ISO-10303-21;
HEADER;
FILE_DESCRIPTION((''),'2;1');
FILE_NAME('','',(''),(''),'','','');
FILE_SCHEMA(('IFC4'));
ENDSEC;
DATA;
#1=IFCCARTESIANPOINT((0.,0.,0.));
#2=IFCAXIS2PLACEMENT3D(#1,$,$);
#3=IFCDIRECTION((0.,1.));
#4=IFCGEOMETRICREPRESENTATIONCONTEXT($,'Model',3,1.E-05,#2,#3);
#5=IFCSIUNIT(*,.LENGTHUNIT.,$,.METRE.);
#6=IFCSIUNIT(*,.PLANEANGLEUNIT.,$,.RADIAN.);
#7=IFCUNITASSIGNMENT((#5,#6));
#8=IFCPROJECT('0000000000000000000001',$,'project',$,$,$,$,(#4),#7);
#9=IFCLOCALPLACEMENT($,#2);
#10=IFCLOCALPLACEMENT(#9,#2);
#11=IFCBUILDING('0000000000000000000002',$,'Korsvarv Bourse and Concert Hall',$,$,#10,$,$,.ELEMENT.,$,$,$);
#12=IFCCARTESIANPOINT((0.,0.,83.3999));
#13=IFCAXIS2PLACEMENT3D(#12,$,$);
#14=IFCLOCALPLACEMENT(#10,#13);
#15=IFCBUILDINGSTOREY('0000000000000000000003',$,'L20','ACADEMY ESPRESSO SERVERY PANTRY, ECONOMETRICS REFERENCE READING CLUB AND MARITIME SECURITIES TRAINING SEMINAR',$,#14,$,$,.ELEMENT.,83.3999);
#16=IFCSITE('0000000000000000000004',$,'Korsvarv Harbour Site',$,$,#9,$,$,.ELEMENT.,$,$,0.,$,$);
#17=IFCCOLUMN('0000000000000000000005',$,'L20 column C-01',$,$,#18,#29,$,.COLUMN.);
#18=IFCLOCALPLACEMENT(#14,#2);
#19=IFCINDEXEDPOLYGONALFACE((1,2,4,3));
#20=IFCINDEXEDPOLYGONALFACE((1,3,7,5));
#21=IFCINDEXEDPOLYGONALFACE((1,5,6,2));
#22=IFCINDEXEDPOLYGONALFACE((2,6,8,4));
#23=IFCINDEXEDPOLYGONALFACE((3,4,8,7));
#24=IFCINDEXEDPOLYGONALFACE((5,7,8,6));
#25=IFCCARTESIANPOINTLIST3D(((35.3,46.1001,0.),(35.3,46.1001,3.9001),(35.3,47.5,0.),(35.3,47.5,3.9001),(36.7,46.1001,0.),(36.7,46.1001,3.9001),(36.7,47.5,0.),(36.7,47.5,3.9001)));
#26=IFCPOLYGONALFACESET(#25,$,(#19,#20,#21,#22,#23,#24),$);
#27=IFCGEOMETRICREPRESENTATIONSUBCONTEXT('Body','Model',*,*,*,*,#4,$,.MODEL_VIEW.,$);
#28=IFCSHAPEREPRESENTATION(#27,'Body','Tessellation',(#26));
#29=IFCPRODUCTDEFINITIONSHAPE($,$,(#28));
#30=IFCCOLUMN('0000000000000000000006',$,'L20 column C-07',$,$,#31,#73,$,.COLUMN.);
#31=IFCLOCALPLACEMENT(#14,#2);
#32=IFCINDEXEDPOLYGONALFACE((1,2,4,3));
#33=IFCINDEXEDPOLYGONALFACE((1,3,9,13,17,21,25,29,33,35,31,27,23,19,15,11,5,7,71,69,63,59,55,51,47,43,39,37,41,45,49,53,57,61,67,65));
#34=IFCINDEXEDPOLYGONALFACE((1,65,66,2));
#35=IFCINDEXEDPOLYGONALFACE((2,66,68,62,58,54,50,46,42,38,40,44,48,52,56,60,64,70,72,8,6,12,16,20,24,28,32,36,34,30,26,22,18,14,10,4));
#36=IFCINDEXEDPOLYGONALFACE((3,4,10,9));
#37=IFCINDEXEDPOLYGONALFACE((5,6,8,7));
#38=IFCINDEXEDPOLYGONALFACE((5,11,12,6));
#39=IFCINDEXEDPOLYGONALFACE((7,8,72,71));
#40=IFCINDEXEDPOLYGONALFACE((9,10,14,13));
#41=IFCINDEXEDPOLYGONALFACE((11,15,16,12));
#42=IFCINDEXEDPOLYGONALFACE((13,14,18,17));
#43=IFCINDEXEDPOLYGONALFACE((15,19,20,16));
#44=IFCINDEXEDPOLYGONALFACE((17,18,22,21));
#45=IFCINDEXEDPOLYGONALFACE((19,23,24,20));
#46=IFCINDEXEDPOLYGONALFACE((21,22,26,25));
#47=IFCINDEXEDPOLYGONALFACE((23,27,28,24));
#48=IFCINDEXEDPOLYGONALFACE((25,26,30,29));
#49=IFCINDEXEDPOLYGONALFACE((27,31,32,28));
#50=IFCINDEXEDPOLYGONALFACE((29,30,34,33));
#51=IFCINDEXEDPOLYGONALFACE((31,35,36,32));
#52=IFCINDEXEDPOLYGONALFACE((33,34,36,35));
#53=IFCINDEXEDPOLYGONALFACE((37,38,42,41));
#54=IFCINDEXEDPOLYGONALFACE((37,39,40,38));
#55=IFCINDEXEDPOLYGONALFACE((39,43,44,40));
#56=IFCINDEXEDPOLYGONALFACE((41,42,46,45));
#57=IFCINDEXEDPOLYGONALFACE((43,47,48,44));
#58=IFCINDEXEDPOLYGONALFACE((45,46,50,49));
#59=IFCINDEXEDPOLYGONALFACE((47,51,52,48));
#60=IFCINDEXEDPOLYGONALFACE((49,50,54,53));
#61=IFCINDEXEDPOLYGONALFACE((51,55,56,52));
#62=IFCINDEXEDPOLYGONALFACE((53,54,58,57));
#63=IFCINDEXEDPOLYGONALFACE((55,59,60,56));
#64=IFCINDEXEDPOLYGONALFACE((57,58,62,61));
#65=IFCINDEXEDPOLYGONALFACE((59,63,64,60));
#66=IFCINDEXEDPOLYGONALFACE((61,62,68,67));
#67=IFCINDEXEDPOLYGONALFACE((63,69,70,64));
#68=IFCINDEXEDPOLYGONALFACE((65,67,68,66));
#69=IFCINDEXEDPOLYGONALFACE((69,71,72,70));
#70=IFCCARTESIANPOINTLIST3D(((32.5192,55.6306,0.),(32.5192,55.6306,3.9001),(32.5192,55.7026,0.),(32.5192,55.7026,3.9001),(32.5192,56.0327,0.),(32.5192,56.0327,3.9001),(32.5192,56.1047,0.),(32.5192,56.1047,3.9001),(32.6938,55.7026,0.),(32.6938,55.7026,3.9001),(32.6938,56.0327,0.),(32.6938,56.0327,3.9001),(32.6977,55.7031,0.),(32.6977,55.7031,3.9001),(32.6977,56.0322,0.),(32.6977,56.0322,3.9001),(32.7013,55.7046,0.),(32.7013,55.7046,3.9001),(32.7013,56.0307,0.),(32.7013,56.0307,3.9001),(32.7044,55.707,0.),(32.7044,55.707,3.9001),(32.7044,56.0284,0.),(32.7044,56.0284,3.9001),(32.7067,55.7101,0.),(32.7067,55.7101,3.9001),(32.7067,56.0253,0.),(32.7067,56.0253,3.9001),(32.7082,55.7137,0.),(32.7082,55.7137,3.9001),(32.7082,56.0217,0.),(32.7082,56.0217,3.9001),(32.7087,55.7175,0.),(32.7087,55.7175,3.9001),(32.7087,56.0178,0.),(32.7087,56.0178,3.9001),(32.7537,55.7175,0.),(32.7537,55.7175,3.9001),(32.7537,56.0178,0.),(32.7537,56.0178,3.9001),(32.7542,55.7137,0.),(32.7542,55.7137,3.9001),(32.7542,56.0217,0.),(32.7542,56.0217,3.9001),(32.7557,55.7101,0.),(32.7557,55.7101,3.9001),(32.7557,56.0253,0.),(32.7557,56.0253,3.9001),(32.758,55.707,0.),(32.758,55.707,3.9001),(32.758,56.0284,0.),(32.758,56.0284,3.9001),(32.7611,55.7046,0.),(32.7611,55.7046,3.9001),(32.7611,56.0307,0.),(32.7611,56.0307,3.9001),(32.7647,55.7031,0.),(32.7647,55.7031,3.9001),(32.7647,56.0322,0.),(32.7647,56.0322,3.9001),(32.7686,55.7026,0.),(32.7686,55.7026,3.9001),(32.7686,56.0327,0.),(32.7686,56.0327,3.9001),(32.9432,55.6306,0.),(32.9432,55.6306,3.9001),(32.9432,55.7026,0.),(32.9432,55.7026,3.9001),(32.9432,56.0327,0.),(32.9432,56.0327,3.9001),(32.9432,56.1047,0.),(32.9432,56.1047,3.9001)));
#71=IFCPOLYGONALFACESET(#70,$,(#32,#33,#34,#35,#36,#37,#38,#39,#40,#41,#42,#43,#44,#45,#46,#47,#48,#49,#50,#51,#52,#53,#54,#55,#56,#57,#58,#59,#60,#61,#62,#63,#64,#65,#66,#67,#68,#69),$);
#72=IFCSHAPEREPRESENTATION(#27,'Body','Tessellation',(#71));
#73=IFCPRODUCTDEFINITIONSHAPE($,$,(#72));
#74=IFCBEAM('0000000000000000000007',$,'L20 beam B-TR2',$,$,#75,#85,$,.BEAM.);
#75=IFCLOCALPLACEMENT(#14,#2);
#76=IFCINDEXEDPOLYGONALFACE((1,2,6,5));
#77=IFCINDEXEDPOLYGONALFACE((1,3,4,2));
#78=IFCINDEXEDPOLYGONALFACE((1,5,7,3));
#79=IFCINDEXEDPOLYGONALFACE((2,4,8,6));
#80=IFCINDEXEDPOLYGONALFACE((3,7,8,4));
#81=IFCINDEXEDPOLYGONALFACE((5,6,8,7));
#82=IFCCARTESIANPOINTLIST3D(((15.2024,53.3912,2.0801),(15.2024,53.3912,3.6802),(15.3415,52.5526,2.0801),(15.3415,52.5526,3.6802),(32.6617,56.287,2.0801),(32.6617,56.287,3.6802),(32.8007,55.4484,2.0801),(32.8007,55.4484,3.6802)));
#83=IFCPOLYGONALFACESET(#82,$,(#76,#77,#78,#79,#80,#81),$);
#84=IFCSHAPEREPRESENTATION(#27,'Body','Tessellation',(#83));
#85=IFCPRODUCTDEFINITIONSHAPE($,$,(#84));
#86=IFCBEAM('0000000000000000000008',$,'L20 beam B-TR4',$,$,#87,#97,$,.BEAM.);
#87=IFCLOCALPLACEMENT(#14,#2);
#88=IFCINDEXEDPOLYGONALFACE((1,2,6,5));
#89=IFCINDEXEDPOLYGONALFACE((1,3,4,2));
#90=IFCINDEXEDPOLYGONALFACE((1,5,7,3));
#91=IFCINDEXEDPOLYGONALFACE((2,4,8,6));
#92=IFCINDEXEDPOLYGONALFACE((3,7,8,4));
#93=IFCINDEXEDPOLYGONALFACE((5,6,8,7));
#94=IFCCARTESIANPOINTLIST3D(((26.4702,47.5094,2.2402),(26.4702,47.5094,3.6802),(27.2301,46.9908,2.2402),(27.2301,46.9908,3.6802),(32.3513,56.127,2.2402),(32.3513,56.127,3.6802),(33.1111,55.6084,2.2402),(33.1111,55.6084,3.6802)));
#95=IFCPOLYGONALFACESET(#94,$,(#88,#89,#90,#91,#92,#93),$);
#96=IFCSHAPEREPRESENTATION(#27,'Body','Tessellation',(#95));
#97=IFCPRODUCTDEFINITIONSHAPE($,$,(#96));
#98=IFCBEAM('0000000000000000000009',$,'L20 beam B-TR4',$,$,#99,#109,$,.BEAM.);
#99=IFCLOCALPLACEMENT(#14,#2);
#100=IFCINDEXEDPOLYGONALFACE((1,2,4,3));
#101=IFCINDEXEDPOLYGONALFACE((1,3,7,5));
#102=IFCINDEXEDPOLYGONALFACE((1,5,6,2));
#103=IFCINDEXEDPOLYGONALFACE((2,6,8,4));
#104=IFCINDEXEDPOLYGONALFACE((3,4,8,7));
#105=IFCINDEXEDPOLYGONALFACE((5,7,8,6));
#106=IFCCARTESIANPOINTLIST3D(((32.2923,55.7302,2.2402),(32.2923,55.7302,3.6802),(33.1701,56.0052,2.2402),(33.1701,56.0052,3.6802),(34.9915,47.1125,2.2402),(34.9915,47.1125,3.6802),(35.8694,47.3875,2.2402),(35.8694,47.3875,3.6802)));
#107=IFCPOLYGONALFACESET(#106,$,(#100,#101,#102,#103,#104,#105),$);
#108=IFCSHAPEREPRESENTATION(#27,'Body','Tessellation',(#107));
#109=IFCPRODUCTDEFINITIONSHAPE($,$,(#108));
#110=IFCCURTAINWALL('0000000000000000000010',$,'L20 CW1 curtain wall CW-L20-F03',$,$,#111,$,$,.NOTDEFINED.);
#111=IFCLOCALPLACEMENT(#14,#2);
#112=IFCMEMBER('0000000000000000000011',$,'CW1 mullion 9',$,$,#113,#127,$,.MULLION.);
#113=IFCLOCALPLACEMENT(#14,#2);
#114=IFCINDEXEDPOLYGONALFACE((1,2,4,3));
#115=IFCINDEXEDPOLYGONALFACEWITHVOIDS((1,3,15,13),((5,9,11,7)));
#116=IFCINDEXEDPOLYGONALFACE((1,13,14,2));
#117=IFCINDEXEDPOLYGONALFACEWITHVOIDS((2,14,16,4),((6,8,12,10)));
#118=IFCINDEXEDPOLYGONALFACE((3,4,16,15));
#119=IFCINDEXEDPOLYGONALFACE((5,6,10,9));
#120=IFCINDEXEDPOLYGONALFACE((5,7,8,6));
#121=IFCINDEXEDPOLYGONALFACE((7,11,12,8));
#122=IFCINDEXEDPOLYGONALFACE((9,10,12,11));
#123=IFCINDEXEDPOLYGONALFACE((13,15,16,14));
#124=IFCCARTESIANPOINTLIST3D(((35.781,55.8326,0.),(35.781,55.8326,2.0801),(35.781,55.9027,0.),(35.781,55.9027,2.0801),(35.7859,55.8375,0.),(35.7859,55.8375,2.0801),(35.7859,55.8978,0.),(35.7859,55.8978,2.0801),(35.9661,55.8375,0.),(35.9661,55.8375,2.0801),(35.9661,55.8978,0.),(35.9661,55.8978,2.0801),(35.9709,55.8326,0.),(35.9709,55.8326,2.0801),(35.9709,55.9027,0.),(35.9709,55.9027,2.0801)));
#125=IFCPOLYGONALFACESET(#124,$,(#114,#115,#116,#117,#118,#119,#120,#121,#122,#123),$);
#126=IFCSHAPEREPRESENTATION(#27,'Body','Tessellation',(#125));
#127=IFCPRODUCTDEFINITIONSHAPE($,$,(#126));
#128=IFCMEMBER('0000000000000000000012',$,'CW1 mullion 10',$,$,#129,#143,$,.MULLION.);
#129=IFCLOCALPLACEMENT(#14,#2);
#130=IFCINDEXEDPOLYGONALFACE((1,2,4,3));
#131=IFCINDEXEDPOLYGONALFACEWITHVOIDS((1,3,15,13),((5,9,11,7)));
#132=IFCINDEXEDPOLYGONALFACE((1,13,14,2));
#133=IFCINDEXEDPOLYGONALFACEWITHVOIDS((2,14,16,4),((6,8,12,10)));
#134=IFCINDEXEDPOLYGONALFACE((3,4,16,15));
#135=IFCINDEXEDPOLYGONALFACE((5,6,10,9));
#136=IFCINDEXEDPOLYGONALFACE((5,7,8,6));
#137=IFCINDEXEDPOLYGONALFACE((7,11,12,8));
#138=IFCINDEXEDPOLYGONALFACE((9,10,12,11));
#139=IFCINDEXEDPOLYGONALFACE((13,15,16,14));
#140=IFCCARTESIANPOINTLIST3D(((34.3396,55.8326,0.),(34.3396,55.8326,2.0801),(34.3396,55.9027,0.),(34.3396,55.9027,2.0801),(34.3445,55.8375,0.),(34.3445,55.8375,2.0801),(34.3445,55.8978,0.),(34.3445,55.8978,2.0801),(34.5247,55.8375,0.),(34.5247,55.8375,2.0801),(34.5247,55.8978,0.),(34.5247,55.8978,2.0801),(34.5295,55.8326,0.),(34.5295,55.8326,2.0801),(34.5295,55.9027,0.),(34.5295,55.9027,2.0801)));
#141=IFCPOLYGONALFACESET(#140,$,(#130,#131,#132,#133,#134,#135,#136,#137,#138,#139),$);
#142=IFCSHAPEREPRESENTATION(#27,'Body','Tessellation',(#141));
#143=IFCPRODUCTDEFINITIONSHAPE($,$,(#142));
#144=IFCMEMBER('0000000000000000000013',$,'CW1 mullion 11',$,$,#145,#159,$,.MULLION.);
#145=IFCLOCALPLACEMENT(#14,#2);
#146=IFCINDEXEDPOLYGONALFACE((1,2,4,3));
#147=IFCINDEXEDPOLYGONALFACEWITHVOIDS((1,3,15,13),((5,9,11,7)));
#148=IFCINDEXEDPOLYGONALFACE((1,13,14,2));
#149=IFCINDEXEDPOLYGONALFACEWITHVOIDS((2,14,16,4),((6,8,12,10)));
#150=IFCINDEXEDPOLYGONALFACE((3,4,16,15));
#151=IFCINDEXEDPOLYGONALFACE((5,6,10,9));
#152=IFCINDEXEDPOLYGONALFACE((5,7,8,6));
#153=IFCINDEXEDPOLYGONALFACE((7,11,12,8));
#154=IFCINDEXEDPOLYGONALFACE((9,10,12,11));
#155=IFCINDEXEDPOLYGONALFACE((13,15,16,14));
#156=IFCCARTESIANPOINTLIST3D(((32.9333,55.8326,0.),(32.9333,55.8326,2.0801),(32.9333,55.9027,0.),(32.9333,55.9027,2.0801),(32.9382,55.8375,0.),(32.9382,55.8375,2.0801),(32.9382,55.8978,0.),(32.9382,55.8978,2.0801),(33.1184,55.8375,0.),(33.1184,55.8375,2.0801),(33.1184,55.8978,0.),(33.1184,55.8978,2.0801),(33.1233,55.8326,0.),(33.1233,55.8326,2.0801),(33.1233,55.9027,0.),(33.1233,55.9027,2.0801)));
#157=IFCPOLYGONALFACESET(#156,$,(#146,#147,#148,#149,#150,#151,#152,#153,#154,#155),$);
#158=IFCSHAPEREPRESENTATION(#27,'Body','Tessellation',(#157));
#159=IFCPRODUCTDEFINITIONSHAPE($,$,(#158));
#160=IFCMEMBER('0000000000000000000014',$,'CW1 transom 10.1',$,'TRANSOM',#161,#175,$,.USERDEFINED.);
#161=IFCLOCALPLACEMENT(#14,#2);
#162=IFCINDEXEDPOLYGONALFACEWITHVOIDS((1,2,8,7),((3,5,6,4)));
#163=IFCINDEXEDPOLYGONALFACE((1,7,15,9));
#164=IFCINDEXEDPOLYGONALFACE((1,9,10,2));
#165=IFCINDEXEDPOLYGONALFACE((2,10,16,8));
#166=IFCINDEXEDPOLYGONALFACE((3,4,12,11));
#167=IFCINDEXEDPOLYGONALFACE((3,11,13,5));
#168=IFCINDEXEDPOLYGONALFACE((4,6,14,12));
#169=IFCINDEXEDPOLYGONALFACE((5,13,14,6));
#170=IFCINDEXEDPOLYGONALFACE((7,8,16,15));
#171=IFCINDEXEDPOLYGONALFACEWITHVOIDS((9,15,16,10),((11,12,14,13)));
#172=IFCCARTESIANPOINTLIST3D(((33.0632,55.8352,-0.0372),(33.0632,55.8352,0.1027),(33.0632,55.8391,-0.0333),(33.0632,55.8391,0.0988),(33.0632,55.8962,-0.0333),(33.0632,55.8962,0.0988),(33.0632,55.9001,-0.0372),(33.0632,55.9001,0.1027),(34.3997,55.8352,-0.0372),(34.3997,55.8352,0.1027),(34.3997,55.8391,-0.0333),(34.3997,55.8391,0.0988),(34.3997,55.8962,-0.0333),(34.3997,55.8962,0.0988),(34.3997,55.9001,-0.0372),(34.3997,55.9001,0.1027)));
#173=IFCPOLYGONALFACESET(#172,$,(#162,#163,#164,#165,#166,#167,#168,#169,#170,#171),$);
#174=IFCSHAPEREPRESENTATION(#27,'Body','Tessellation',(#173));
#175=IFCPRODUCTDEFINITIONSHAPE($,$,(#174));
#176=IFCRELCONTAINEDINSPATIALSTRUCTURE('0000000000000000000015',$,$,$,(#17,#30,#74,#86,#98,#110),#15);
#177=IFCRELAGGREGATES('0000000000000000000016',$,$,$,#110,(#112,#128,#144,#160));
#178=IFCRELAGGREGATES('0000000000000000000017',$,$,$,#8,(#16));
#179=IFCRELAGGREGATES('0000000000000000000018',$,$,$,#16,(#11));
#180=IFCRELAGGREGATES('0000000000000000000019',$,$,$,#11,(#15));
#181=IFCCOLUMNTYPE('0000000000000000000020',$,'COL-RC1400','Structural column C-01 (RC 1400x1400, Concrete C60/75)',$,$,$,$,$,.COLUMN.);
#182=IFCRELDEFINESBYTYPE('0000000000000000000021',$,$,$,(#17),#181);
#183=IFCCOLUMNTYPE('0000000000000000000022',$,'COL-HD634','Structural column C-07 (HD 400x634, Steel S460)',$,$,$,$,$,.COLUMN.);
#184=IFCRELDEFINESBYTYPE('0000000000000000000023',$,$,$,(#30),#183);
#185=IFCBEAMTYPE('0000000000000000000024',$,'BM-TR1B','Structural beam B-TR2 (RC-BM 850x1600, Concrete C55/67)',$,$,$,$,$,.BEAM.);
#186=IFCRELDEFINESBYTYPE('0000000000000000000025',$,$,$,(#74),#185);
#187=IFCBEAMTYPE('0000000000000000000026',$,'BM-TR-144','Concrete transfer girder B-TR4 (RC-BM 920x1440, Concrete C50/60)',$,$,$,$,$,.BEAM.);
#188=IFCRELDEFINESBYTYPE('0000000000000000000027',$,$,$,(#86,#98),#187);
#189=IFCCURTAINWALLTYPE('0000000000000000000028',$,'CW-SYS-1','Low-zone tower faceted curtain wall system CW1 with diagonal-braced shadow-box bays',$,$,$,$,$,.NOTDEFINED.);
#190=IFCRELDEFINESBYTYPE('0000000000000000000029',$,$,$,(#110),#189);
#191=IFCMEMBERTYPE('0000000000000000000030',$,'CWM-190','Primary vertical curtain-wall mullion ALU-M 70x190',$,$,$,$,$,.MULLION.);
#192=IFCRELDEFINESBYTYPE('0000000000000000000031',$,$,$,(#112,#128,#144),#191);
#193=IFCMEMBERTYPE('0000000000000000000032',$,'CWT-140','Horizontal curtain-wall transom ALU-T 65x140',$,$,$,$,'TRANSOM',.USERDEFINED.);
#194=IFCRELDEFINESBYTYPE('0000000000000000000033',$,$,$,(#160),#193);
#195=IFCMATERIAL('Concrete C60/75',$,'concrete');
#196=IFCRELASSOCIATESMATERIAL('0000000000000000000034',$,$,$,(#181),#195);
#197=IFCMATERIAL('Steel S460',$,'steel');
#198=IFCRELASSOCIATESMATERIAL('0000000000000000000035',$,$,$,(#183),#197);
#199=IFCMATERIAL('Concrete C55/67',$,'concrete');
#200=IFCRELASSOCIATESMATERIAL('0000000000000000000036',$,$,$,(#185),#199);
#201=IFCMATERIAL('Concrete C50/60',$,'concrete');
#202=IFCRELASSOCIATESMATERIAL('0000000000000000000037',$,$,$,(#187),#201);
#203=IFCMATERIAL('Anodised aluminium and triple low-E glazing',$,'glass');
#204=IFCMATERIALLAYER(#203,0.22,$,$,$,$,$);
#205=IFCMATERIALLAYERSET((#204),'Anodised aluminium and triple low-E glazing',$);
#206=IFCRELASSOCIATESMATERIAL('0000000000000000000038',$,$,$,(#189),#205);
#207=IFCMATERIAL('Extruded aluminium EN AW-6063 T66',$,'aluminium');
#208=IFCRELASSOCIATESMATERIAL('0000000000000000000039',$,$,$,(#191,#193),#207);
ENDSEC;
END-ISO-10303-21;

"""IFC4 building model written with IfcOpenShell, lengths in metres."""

from ifc_helpers import new_model, si_unit, direction, frame, origin, origin_2d, place, context, subcontext, project, spatial, rectangle, hollow_rectangle, i_section, extrude, source, transform, mapped, material, layer, layer_set, material_profile, profile_set, type_object, element, aggregate, save


model = new_model("IFC4")

# Units and contexts
model_context = context("Model", 3, precision=1e-05, world=origin(), true_north=direction((0.0, 1.0)))
body_context = subcontext(model_context, "Body", "Model", "MODEL_VIEW")
ifc_project = project(units=[si_unit("LENGTHUNIT", "METRE"), si_unit("PLANEANGLEUNIT", "RADIAN")], contexts=[model_context])

# Site, building, storey
site_placement = place(None, origin())
site = spatial("IfcSite", under=ifc_project, at=site_placement, Name="Korsvarv Harbour Site", CompositionType="ELEMENT", RefElevation=0.0)
building_placement = place(site_placement, origin())
building = spatial("IfcBuilding", under=site, at=building_placement, Name="Korsvarv Bourse and Concert Hall", CompositionType="ELEMENT")
storey_placement = place(building_placement, frame((0.0, 0.0, 83.3999)))
storey = spatial("IfcBuildingStorey", under=building, at=storey_placement, Name="L20", Description="ACADEMY ESPRESSO SERVERY PANTRY, ECONOMETRICS REFERENCE READING CLUB AND MARITIME SECURITIES TRAINING SEMINAR", CompositionType="ELEMENT", Elevation=83.3999)

# Columns
ifc_material_1 = material(Name="Concrete C60/75", Category="concrete")
ifc_material_profile_1 = material_profile(ifc_material_1, rectangle(XDim=1.3999, YDim=1.3999, at=origin_2d()), Name="RC 1400x1400")
ifc_profile_set_1 = profile_set([ifc_material_profile_1], Name="Concrete C60/75")
column_type_1 = type_object("IfcColumnType", Name="COL-RC1400", Description="Structural column C-01 (RC 1400x1400, Concrete C60/75)", PredefinedType="COLUMN", material=ifc_profile_set_1)
shared_shape_1 = source(origin(), body_context, "Body", "SweptSolid", [
    extrude(rectangle(XDim=1.3999, YDim=1.3999, at=origin_2d()), origin(), (0.0, 0.0, 1.0), 3.9001),
])
column_1_placement = place(storey_placement, frame((36.0, 46.8, 0.0), z_axis=(0.0, 0.0, 1.0), x_axis=(1.0, 0.0, 0.0)))
element("IfcColumn", 1, at=column_1_placement, inside=storey, type_object=column_type_1, Name="L20 column C-01", PredefinedType="COLUMN", context=body_context, shape_type="MappedRepresentation", body=[
    mapped(shared_shape_1, transform((0.0, 0.0, 0.0), scale=1.0)),
])
ifc_material_2 = material(Name="Steel S460", Category="steel")
ifc_material_profile_2 = material_profile(ifc_material_2, i_section(OverallWidth=0.4241, OverallDepth=0.4741, WebThickness=0.0449, FlangeThickness=0.072, FilletRadius=0.0149, at=origin_2d()), Name="HD 400x634")
ifc_profile_set_2 = profile_set([ifc_material_profile_2], Name="Steel S460")
column_type_2 = type_object("IfcColumnType", Name="COL-HD634", Description="Structural column C-07 (HD 400x634, Steel S460)", PredefinedType="COLUMN", material=ifc_profile_set_2)
shared_shape_2 = source(origin(), body_context, "Body", "SweptSolid", [
    extrude(i_section(OverallWidth=0.4241, OverallDepth=0.4741, WebThickness=0.0449, FlangeThickness=0.072, FilletRadius=0.0149, at=origin_2d()), origin(), (0.0, 0.0, 1.0), 3.9001),
])
column_2_placement = place(storey_placement, frame((32.7312, 55.8677, 0.0), z_axis=(0.0, 0.0, 1.0), x_axis=(1.0, 0.0, 0.0)))
element("IfcColumn", 2, at=column_2_placement, inside=storey, type_object=column_type_2, Name="L20 column C-07", PredefinedType="COLUMN", context=body_context, shape_type="MappedRepresentation", body=[
    mapped(shared_shape_2, transform((0.0, 0.0, 0.0), scale=1.0)),
])

# Beams
ifc_material_3 = material(Name="Concrete C55/67", Category="concrete")
ifc_material_profile_3 = material_profile(ifc_material_3, rectangle(XDim=0.8501, YDim=1.6001, at=origin_2d()), Name="RC-BM 850x1600")
ifc_profile_set_3 = profile_set([ifc_material_profile_3], Name="Concrete C55/67")
beam_type_1 = type_object("IfcBeamType", Name="BM-TR1B", Description="Structural beam B-TR2 (RC-BM 850x1600, Concrete C55/67)", PredefinedType="BEAM", material=ifc_profile_set_3)
shared_shape_3 = source(origin(), body_context, "Body", "SweptSolid", [
    extrude(rectangle(XDim=0.8501, YDim=1.6001, at=origin_2d()), origin(), (0.0, 0.0, 1.0), 17.6978),
])
beam_1_placement = place(storey_placement, frame((32.7312, 55.8677, 2.8801), z_axis=(-0.986523, -0.163623, 0.0), x_axis=(0.163623, -0.986523, 0.0)))
element("IfcBeam", 3, at=beam_1_placement, inside=storey, type_object=beam_type_1, Name="L20 beam B-TR2", PredefinedType="BEAM", context=body_context, shape_type="MappedRepresentation", body=[
    mapped(shared_shape_3, transform((0.0, 0.0, 0.0), scale=1.0)),
])
ifc_material_4 = material(Name="Concrete C50/60", Category="concrete")
ifc_material_profile_4 = material_profile(ifc_material_4, rectangle(XDim=0.9199, YDim=1.4399, at=origin_2d()), Name="RC-BM 920x1440")
ifc_profile_set_4 = profile_set([ifc_material_profile_4], Name="Concrete C50/60")
beam_type_2 = type_object("IfcBeamType", Name="BM-TR-144", Description="Concrete transfer girder B-TR4 (RC-BM 920x1440, Concrete C50/60)", PredefinedType="BEAM", material=ifc_profile_set_4)
shared_shape_4 = source(origin(), body_context, "Body", "SweptSolid", [
    extrude(rectangle(XDim=0.9199, YDim=1.4399, at=origin_2d()), origin(), (0.0, 0.0, 1.0), 10.4331),
])
beam_2_placement = place(storey_placement, frame((32.7312, 55.8677, 2.9602), z_axis=(-0.563691, -0.825986, 0.0), x_axis=(0.825986, -0.563691, 0.0)))
element("IfcBeam", 4, at=beam_2_placement, inside=storey, type_object=beam_type_2, Name="L20 beam B-TR4", PredefinedType="BEAM", context=body_context, shape_type="MappedRepresentation", body=[
    mapped(shared_shape_4, transform((0.0, 0.0, 0.0), scale=1.0)),
])
shared_shape_5 = source(origin(), body_context, "Body", "SweptSolid", [
    extrude(rectangle(XDim=0.9199, YDim=1.4399, at=origin_2d()), origin(), (0.0, 0.0, 1.0), 9.0305),
])
beam_3_placement = place(storey_placement, frame((32.7312, 55.8677, 2.9602), z_axis=(0.2989, -0.954284, 0.0), x_axis=(0.954284, 0.2989, 0.0)))
element("IfcBeam", 5, at=beam_3_placement, inside=storey, type_object=beam_type_2, Name="L20 beam B-TR4", PredefinedType="BEAM", context=body_context, shape_type="MappedRepresentation", body=[
    mapped(shared_shape_5, transform((0.0, 0.0, 0.0), scale=1.0)),
])

# Curtain wall, members
ifc_material_5 = material(Name="Anodised aluminium and triple low-E glazing", Category="glass")
ifc_layer_1 = layer(ifc_material_5, 0.22)
ifc_layer_set_1 = layer_set([ifc_layer_1], Name="Anodised aluminium and triple low-E glazing")
curtain_wall_type = type_object("IfcCurtainWallType", Name="CW-SYS-1", Description="Low-zone tower faceted curtain wall system CW1 with diagonal-braced shadow-box bays", PredefinedType="NOTDEFINED", material=ifc_layer_set_1)
curtain_wall_placement = place(storey_placement, origin())
curtain_wall = element("IfcCurtainWall", 6, at=curtain_wall_placement, inside=storey, type_object=curtain_wall_type, Name="L20 CW1 curtain wall CW-L20-F03", PredefinedType="NOTDEFINED")
ifc_material_6 = material(Name="Extruded aluminium EN AW-6063 T66", Category="aluminium")
ifc_material_profile_5 = material_profile(ifc_material_6, hollow_rectangle(XDim=0.0701, YDim=0.1899, WallThickness=0.0049, at=origin_2d()), Name="ALU-M 70x190")
ifc_profile_set_5 = profile_set([ifc_material_profile_5], Name="Extruded aluminium EN AW-6063 T66")
member_type_1 = type_object("IfcMemberType", Name="CWM-190", Description="Primary vertical curtain-wall mullion ALU-M 70x190", PredefinedType="MULLION", material=ifc_profile_set_5)
shared_shape_6 = source(origin(), body_context, "Body", "SweptSolid", [
    extrude(hollow_rectangle(XDim=0.0701, YDim=0.1899, WallThickness=0.0049, at=origin_2d()), origin(), (0.0, 0.0, 1.0), 2.0801),
])
member_1_placement = place(storey_placement, frame((35.876, 55.8677, 0.0), z_axis=(0.0, 0.0, 1.0), x_axis=(0.0, -1.0, 0.0)))
member_1 = element("IfcMember", 7, at=member_1_placement, type_object=member_type_1, Name="CW1 mullion 9", PredefinedType="MULLION", context=body_context, shape_type="MappedRepresentation", body=[
    mapped(shared_shape_6, transform((0.0, 0.0, 0.0), scale=1.0)),
])
member_2_placement = place(storey_placement, frame((34.4346, 55.8677, 0.0), z_axis=(0.0, 0.0, 1.0), x_axis=(0.0, -1.0, 0.0)))
member_2 = element("IfcMember", 8, at=member_2_placement, type_object=member_type_1, Name="CW1 mullion 10", PredefinedType="MULLION", context=body_context, shape_type="MappedRepresentation", body=[
    mapped(shared_shape_6, transform((0.0, 0.0, 0.0), scale=1.0)),
])
member_3_placement = place(storey_placement, frame((33.0283, 55.8677, 0.0), z_axis=(0.0, 0.0, 1.0), x_axis=(0.0, -1.0, 0.0)))
member_3 = element("IfcMember", 9, at=member_3_placement, type_object=member_type_1, Name="CW1 mullion 11", PredefinedType="MULLION", context=body_context, shape_type="MappedRepresentation", body=[
    mapped(shared_shape_6, transform((0.0, 0.0, 0.0), scale=1.0)),
])
ifc_material_profile_6 = material_profile(ifc_material_6, hollow_rectangle(XDim=0.0649, YDim=0.1399, WallThickness=0.0039, at=origin_2d()), Name="ALU-T 65x140")
ifc_profile_set_6 = profile_set([ifc_material_profile_6], Name="Extruded aluminium EN AW-6063 T66")
member_type_2 = type_object("IfcMemberType", Name="CWT-140", Description="Horizontal curtain-wall transom ALU-T 65x140", ElementType="TRANSOM", PredefinedType="USERDEFINED", material=ifc_profile_set_6)
shared_shape_7 = source(origin(), body_context, "Body", "SweptSolid", [
    extrude(hollow_rectangle(XDim=0.0649, YDim=0.1399, WallThickness=0.0039, at=origin_2d()), origin(), (0.0, 0.0, 1.0), 1.3364),
])
member_4_placement = place(storey_placement, frame((34.3997, 55.8677, 0.0327), z_axis=(-1.0, 0.0, 0.0), x_axis=(0.0, -1.0, 0.0)))
member_4 = element("IfcMember", 10, at=member_4_placement, type_object=member_type_2, Name="CW1 transom 10.1", ObjectType="TRANSOM", PredefinedType="USERDEFINED", context=body_context, shape_type="MappedRepresentation", body=[
    mapped(shared_shape_7, transform((0.0, 0.0, 0.0), scale=1.0)),
])
aggregate(curtain_wall, [member_1, member_2, member_3, member_4])

save(model, "model.ifc")
